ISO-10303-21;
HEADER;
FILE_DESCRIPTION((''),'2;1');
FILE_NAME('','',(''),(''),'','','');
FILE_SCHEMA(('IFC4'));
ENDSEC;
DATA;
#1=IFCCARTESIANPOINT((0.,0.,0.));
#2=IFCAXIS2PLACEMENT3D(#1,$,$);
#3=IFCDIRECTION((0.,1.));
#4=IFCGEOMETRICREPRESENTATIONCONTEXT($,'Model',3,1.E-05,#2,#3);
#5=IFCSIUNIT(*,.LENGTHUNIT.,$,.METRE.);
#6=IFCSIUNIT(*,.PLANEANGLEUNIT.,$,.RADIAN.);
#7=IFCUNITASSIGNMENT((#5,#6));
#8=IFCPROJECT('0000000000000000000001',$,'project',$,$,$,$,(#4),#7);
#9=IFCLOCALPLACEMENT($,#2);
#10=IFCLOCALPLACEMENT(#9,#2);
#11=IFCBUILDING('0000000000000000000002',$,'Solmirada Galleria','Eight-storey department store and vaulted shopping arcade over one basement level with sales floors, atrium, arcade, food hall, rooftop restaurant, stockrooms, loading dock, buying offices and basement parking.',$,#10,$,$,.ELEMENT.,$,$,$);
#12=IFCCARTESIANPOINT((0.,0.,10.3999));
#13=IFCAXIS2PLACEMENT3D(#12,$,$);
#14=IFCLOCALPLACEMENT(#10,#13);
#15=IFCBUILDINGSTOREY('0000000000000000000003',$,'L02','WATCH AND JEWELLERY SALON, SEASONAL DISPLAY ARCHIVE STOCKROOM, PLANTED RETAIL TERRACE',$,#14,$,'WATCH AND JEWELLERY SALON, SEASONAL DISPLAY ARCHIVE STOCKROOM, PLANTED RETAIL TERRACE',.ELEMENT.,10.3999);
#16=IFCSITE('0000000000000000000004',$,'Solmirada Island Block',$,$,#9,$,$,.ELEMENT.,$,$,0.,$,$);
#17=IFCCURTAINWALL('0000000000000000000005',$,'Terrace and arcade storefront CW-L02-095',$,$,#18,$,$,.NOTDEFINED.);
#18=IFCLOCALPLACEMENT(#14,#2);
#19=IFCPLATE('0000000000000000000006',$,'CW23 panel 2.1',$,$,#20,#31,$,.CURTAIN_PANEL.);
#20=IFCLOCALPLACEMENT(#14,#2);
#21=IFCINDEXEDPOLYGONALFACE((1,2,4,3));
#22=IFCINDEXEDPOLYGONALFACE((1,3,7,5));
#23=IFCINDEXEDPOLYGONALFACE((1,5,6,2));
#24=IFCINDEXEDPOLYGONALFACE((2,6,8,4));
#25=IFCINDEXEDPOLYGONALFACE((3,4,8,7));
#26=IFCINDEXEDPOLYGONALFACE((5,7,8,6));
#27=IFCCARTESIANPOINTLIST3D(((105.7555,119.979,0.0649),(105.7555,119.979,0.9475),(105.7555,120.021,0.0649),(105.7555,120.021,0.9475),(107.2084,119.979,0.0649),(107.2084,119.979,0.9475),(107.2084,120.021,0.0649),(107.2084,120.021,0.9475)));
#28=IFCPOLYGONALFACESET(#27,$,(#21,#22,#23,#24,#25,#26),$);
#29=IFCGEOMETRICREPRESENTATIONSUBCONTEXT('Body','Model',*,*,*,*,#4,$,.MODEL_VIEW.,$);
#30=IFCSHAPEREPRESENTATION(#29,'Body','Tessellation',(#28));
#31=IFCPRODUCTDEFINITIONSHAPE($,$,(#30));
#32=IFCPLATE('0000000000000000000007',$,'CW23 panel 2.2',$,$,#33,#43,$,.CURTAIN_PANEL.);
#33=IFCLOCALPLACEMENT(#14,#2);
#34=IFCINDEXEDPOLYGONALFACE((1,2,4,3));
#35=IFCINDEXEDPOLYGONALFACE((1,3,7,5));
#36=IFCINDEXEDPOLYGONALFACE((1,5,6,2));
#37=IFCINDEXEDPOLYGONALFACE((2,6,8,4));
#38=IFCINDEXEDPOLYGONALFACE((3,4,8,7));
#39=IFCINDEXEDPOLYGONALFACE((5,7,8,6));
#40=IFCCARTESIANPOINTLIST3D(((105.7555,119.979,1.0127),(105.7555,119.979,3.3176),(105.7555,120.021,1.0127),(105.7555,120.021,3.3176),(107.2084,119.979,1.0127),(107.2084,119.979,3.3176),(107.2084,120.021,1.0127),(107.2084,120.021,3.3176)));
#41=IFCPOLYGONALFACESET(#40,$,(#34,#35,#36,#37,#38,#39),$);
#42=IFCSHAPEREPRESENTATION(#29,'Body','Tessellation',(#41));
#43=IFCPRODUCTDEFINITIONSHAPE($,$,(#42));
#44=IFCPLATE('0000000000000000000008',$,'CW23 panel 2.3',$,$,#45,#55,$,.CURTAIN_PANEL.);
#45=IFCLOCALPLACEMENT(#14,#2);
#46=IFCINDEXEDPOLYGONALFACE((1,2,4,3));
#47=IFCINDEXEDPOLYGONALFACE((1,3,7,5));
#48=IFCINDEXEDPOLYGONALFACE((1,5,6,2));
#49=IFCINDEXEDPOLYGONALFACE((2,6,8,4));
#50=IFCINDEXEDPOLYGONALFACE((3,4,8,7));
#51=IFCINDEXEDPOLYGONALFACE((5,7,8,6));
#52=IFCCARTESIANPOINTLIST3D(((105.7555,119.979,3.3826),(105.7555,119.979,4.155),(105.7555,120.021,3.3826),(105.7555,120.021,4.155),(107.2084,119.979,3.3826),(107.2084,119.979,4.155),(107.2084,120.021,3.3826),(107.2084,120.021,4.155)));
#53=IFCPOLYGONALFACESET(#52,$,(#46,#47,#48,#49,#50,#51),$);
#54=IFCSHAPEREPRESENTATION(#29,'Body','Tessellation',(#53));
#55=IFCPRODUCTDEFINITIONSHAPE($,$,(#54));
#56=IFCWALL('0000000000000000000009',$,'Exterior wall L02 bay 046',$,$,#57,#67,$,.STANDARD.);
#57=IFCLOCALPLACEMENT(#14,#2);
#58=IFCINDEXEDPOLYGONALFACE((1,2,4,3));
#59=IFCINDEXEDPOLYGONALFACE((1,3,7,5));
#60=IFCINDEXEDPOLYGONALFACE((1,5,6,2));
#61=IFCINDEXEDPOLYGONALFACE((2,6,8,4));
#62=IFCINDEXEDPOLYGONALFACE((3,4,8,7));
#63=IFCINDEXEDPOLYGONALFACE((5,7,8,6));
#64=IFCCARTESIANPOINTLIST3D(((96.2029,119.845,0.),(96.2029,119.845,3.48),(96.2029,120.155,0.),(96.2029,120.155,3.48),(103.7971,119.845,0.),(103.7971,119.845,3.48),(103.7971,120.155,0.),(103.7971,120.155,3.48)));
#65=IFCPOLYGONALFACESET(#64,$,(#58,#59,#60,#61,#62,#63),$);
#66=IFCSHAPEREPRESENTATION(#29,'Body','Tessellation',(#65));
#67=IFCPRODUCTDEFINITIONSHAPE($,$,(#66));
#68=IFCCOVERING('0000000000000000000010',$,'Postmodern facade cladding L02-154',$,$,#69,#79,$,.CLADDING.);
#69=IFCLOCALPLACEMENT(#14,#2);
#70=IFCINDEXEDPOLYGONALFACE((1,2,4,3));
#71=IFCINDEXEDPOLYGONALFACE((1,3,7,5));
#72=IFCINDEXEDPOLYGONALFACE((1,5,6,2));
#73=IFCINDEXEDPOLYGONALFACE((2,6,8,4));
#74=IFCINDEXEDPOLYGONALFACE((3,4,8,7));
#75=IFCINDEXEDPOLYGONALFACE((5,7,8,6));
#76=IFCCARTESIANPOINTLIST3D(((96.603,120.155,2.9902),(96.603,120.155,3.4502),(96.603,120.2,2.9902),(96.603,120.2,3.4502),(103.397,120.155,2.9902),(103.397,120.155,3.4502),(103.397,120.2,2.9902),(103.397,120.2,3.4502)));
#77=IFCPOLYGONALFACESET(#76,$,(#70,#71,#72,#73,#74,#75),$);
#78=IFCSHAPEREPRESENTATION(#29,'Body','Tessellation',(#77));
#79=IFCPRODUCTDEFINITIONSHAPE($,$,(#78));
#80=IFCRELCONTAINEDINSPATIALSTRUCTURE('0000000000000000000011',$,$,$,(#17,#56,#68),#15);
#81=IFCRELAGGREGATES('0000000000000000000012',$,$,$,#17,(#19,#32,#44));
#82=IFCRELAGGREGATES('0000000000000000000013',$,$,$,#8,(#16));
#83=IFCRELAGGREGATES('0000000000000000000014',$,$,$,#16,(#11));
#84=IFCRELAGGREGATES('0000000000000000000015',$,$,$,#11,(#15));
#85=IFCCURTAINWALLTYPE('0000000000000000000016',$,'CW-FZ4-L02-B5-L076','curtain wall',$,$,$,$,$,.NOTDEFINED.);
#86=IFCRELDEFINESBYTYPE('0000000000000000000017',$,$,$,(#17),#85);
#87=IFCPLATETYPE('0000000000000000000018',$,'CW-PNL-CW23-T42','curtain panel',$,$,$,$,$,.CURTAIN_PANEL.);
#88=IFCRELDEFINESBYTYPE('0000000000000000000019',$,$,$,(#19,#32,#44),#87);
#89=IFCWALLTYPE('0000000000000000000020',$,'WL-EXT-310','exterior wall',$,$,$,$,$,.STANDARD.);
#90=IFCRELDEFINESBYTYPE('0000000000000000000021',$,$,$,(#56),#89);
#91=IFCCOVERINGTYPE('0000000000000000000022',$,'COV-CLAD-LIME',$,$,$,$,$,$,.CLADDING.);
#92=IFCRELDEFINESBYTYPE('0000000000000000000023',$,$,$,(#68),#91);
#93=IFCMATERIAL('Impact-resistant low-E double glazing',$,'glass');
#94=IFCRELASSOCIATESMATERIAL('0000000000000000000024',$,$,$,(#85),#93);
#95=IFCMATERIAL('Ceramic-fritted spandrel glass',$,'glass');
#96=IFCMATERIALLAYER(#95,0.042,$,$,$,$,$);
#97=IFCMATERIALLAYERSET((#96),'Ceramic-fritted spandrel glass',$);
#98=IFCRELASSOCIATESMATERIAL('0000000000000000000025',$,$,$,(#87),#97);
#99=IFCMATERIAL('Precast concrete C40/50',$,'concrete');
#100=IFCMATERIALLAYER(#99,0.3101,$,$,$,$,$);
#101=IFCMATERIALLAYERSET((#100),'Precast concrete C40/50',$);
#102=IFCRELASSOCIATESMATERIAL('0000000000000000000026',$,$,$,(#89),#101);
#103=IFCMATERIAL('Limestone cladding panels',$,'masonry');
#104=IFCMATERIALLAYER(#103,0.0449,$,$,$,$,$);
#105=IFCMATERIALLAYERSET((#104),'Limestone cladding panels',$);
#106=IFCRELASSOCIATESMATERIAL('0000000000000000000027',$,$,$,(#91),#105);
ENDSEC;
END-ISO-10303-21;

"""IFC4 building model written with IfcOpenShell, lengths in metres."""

from ifc_helpers import new_model, si_unit, direction, frame, frame_2d, origin, origin_2d, place, context, subcontext, project, spatial, rectangle, extrude, material, layer, layer_set, type_object, element, aggregate, save


model = new_model("IFC4")

# Units and contexts
model_context = context("Model", 3, precision=1e-05, world=origin(), true_north=direction((0.0, 1.0)))
body_context = subcontext(model_context, "Body", "Model", "MODEL_VIEW")
ifc_project = project(units=[si_unit("LENGTHUNIT", "METRE"), si_unit("PLANEANGLEUNIT", "RADIAN")], contexts=[model_context])

# Site, building, storey
site_placement = place(None, origin())
site = spatial("IfcSite", under=ifc_project, at=site_placement, Name="Solmirada Island Block", CompositionType="ELEMENT", RefElevation=0.0)
building_placement = place(site_placement, origin())
building = spatial("IfcBuilding", under=site, at=building_placement, Name="Solmirada Galleria", Description="Eight-storey department store and vaulted shopping arcade over one basement level with sales floors, atrium, arcade, food hall, rooftop restaurant, stockrooms, loading dock, buying offices and basement parking.", CompositionType="ELEMENT")
storey_placement = place(building_placement, frame((0.0, 0.0, 10.3999)))
storey = spatial("IfcBuildingStorey", under=building, at=storey_placement, Name="L02", Description="WATCH AND JEWELLERY SALON, SEASONAL DISPLAY ARCHIVE STOCKROOM, PLANTED RETAIL TERRACE", LongName="WATCH AND JEWELLERY SALON, SEASONAL DISPLAY ARCHIVE STOCKROOM, PLANTED RETAIL TERRACE", CompositionType="ELEMENT", Elevation=10.3999)

# Shared definitions
ifc_material_1 = material(Name="Precast concrete C40/50", Category="concrete")

# Curtain wall
ifc_material_2 = material(Name="Impact-resistant low-E double glazing", Category="glass")
curtain_wall_type = type_object("IfcCurtainWallType", Name="CW-FZ4-L02-B5-L076", Description="curtain wall", PredefinedType="NOTDEFINED", material=ifc_material_2)
curtain_wall_1_placement = place(storey_placement, origin())
curtain_wall_1 = element("IfcCurtainWall", 1, at=curtain_wall_1_placement, inside=storey, type_object=curtain_wall_type, Name="Terrace and arcade storefront CW-L02-095", PredefinedType="NOTDEFINED")

# Plates
ifc_material_3 = material(Name="Ceramic-fritted spandrel glass", Category="glass")
ifc_layer_1 = layer(ifc_material_3, 0.042)
ifc_layer_set_1 = layer_set([ifc_layer_1], Name="Ceramic-fritted spandrel glass")
plate_type = type_object("IfcPlateType", Name="CW-PNL-CW23-T42", Description="curtain panel", PredefinedType="CURTAIN_PANEL", material=ifc_layer_set_1)
plate_1_placement = place(storey_placement, frame((106.4819, 120.0, 0.0649), z_axis=(0.0, 0.0, 1.0), x_axis=(1.0, 0.0, 0.0)))
plate_1 = element("IfcPlate", 2, at=plate_1_placement, type_object=plate_type, Name="CW23 panel 2.1", PredefinedType="CURTAIN_PANEL", context=body_context, shape_type="SweptSolid", body=[
    extrude(rectangle(XDim=1.4529, YDim=0.042, at=origin_2d()), origin(), (0.0, 0.0, 1.0), 0.8826),
])
plate_2_placement = place(storey_placement, frame((106.4819, 120.0, 1.0127), z_axis=(0.0, 0.0, 1.0), x_axis=(1.0, 0.0, 0.0)))
plate_2 = element("IfcPlate", 3, at=plate_2_placement, type_object=plate_type, Name="CW23 panel 2.2", PredefinedType="CURTAIN_PANEL", context=body_context, shape_type="SweptSolid", body=[
    extrude(rectangle(XDim=1.4529, YDim=0.042, at=origin_2d()), origin(), (0.0, 0.0, 1.0), 2.3049),
])
plate_3_placement = place(storey_placement, frame((106.4819, 120.0, 3.3826), z_axis=(0.0, 0.0, 1.0), x_axis=(1.0, 0.0, 0.0)))
plate_3 = element("IfcPlate", 4, at=plate_3_placement, type_object=plate_type, Name="CW23 panel 2.3", PredefinedType="CURTAIN_PANEL", context=body_context, shape_type="SweptSolid", body=[
    extrude(rectangle(XDim=1.4529, YDim=0.042, at=origin_2d()), origin(), (0.0, 0.0, 1.0), 0.7725),
])
aggregate(curtain_wall_1, [plate_1, plate_2, plate_3])

# Wall
ifc_layer_2 = layer(ifc_material_1, 0.3101)
ifc_layer_set_2 = layer_set([ifc_layer_2], Name="Precast concrete C40/50")
wall_type = type_object("IfcWallType", Name="WL-EXT-310", Description="exterior wall", PredefinedType="STANDARD", material=ifc_layer_set_2)
wall_placement = place(storey_placement, frame((96.2029, 120.0, 0.0), z_axis=(0.0, 0.0, 1.0), x_axis=(1.0, 0.0, 0.0)))
element("IfcWall", 5, at=wall_placement, inside=storey, type_object=wall_type, Name="Exterior wall L02 bay 046", PredefinedType="STANDARD", context=body_context, shape_type="SweptSolid", body=[
    extrude(rectangle(XDim=7.5942, YDim=0.3101, at=frame_2d((3.7971, 0.0))), origin(), (0.0, 0.0, 1.0), 3.48),
])

# Covering
ifc_material_4 = material(Name="Limestone cladding panels", Category="masonry")
ifc_layer_3 = layer(ifc_material_4, 0.0449)
ifc_layer_set_3 = layer_set([ifc_layer_3], Name="Limestone cladding panels")
covering_type = type_object("IfcCoveringType", Name="COV-CLAD-LIME", PredefinedType="CLADDING", material=ifc_layer_set_3)
covering_placement = place(storey_placement, frame((100.0, 120.1775, 2.9902), z_axis=(0.0, 0.0, 1.0), x_axis=(1.0, 0.0, 0.0)))
element("IfcCovering", 6, at=covering_placement, inside=storey, type_object=covering_type, Name="Postmodern facade cladding L02-154", PredefinedType="CLADDING", context=body_context, shape_type="SweptSolid", body=[
    extrude(rectangle(XDim=6.7939, YDim=0.0449, at=origin_2d()), origin(), (0.0, 0.0, 1.0), 0.46),
])

save(model, "model.ifc")
